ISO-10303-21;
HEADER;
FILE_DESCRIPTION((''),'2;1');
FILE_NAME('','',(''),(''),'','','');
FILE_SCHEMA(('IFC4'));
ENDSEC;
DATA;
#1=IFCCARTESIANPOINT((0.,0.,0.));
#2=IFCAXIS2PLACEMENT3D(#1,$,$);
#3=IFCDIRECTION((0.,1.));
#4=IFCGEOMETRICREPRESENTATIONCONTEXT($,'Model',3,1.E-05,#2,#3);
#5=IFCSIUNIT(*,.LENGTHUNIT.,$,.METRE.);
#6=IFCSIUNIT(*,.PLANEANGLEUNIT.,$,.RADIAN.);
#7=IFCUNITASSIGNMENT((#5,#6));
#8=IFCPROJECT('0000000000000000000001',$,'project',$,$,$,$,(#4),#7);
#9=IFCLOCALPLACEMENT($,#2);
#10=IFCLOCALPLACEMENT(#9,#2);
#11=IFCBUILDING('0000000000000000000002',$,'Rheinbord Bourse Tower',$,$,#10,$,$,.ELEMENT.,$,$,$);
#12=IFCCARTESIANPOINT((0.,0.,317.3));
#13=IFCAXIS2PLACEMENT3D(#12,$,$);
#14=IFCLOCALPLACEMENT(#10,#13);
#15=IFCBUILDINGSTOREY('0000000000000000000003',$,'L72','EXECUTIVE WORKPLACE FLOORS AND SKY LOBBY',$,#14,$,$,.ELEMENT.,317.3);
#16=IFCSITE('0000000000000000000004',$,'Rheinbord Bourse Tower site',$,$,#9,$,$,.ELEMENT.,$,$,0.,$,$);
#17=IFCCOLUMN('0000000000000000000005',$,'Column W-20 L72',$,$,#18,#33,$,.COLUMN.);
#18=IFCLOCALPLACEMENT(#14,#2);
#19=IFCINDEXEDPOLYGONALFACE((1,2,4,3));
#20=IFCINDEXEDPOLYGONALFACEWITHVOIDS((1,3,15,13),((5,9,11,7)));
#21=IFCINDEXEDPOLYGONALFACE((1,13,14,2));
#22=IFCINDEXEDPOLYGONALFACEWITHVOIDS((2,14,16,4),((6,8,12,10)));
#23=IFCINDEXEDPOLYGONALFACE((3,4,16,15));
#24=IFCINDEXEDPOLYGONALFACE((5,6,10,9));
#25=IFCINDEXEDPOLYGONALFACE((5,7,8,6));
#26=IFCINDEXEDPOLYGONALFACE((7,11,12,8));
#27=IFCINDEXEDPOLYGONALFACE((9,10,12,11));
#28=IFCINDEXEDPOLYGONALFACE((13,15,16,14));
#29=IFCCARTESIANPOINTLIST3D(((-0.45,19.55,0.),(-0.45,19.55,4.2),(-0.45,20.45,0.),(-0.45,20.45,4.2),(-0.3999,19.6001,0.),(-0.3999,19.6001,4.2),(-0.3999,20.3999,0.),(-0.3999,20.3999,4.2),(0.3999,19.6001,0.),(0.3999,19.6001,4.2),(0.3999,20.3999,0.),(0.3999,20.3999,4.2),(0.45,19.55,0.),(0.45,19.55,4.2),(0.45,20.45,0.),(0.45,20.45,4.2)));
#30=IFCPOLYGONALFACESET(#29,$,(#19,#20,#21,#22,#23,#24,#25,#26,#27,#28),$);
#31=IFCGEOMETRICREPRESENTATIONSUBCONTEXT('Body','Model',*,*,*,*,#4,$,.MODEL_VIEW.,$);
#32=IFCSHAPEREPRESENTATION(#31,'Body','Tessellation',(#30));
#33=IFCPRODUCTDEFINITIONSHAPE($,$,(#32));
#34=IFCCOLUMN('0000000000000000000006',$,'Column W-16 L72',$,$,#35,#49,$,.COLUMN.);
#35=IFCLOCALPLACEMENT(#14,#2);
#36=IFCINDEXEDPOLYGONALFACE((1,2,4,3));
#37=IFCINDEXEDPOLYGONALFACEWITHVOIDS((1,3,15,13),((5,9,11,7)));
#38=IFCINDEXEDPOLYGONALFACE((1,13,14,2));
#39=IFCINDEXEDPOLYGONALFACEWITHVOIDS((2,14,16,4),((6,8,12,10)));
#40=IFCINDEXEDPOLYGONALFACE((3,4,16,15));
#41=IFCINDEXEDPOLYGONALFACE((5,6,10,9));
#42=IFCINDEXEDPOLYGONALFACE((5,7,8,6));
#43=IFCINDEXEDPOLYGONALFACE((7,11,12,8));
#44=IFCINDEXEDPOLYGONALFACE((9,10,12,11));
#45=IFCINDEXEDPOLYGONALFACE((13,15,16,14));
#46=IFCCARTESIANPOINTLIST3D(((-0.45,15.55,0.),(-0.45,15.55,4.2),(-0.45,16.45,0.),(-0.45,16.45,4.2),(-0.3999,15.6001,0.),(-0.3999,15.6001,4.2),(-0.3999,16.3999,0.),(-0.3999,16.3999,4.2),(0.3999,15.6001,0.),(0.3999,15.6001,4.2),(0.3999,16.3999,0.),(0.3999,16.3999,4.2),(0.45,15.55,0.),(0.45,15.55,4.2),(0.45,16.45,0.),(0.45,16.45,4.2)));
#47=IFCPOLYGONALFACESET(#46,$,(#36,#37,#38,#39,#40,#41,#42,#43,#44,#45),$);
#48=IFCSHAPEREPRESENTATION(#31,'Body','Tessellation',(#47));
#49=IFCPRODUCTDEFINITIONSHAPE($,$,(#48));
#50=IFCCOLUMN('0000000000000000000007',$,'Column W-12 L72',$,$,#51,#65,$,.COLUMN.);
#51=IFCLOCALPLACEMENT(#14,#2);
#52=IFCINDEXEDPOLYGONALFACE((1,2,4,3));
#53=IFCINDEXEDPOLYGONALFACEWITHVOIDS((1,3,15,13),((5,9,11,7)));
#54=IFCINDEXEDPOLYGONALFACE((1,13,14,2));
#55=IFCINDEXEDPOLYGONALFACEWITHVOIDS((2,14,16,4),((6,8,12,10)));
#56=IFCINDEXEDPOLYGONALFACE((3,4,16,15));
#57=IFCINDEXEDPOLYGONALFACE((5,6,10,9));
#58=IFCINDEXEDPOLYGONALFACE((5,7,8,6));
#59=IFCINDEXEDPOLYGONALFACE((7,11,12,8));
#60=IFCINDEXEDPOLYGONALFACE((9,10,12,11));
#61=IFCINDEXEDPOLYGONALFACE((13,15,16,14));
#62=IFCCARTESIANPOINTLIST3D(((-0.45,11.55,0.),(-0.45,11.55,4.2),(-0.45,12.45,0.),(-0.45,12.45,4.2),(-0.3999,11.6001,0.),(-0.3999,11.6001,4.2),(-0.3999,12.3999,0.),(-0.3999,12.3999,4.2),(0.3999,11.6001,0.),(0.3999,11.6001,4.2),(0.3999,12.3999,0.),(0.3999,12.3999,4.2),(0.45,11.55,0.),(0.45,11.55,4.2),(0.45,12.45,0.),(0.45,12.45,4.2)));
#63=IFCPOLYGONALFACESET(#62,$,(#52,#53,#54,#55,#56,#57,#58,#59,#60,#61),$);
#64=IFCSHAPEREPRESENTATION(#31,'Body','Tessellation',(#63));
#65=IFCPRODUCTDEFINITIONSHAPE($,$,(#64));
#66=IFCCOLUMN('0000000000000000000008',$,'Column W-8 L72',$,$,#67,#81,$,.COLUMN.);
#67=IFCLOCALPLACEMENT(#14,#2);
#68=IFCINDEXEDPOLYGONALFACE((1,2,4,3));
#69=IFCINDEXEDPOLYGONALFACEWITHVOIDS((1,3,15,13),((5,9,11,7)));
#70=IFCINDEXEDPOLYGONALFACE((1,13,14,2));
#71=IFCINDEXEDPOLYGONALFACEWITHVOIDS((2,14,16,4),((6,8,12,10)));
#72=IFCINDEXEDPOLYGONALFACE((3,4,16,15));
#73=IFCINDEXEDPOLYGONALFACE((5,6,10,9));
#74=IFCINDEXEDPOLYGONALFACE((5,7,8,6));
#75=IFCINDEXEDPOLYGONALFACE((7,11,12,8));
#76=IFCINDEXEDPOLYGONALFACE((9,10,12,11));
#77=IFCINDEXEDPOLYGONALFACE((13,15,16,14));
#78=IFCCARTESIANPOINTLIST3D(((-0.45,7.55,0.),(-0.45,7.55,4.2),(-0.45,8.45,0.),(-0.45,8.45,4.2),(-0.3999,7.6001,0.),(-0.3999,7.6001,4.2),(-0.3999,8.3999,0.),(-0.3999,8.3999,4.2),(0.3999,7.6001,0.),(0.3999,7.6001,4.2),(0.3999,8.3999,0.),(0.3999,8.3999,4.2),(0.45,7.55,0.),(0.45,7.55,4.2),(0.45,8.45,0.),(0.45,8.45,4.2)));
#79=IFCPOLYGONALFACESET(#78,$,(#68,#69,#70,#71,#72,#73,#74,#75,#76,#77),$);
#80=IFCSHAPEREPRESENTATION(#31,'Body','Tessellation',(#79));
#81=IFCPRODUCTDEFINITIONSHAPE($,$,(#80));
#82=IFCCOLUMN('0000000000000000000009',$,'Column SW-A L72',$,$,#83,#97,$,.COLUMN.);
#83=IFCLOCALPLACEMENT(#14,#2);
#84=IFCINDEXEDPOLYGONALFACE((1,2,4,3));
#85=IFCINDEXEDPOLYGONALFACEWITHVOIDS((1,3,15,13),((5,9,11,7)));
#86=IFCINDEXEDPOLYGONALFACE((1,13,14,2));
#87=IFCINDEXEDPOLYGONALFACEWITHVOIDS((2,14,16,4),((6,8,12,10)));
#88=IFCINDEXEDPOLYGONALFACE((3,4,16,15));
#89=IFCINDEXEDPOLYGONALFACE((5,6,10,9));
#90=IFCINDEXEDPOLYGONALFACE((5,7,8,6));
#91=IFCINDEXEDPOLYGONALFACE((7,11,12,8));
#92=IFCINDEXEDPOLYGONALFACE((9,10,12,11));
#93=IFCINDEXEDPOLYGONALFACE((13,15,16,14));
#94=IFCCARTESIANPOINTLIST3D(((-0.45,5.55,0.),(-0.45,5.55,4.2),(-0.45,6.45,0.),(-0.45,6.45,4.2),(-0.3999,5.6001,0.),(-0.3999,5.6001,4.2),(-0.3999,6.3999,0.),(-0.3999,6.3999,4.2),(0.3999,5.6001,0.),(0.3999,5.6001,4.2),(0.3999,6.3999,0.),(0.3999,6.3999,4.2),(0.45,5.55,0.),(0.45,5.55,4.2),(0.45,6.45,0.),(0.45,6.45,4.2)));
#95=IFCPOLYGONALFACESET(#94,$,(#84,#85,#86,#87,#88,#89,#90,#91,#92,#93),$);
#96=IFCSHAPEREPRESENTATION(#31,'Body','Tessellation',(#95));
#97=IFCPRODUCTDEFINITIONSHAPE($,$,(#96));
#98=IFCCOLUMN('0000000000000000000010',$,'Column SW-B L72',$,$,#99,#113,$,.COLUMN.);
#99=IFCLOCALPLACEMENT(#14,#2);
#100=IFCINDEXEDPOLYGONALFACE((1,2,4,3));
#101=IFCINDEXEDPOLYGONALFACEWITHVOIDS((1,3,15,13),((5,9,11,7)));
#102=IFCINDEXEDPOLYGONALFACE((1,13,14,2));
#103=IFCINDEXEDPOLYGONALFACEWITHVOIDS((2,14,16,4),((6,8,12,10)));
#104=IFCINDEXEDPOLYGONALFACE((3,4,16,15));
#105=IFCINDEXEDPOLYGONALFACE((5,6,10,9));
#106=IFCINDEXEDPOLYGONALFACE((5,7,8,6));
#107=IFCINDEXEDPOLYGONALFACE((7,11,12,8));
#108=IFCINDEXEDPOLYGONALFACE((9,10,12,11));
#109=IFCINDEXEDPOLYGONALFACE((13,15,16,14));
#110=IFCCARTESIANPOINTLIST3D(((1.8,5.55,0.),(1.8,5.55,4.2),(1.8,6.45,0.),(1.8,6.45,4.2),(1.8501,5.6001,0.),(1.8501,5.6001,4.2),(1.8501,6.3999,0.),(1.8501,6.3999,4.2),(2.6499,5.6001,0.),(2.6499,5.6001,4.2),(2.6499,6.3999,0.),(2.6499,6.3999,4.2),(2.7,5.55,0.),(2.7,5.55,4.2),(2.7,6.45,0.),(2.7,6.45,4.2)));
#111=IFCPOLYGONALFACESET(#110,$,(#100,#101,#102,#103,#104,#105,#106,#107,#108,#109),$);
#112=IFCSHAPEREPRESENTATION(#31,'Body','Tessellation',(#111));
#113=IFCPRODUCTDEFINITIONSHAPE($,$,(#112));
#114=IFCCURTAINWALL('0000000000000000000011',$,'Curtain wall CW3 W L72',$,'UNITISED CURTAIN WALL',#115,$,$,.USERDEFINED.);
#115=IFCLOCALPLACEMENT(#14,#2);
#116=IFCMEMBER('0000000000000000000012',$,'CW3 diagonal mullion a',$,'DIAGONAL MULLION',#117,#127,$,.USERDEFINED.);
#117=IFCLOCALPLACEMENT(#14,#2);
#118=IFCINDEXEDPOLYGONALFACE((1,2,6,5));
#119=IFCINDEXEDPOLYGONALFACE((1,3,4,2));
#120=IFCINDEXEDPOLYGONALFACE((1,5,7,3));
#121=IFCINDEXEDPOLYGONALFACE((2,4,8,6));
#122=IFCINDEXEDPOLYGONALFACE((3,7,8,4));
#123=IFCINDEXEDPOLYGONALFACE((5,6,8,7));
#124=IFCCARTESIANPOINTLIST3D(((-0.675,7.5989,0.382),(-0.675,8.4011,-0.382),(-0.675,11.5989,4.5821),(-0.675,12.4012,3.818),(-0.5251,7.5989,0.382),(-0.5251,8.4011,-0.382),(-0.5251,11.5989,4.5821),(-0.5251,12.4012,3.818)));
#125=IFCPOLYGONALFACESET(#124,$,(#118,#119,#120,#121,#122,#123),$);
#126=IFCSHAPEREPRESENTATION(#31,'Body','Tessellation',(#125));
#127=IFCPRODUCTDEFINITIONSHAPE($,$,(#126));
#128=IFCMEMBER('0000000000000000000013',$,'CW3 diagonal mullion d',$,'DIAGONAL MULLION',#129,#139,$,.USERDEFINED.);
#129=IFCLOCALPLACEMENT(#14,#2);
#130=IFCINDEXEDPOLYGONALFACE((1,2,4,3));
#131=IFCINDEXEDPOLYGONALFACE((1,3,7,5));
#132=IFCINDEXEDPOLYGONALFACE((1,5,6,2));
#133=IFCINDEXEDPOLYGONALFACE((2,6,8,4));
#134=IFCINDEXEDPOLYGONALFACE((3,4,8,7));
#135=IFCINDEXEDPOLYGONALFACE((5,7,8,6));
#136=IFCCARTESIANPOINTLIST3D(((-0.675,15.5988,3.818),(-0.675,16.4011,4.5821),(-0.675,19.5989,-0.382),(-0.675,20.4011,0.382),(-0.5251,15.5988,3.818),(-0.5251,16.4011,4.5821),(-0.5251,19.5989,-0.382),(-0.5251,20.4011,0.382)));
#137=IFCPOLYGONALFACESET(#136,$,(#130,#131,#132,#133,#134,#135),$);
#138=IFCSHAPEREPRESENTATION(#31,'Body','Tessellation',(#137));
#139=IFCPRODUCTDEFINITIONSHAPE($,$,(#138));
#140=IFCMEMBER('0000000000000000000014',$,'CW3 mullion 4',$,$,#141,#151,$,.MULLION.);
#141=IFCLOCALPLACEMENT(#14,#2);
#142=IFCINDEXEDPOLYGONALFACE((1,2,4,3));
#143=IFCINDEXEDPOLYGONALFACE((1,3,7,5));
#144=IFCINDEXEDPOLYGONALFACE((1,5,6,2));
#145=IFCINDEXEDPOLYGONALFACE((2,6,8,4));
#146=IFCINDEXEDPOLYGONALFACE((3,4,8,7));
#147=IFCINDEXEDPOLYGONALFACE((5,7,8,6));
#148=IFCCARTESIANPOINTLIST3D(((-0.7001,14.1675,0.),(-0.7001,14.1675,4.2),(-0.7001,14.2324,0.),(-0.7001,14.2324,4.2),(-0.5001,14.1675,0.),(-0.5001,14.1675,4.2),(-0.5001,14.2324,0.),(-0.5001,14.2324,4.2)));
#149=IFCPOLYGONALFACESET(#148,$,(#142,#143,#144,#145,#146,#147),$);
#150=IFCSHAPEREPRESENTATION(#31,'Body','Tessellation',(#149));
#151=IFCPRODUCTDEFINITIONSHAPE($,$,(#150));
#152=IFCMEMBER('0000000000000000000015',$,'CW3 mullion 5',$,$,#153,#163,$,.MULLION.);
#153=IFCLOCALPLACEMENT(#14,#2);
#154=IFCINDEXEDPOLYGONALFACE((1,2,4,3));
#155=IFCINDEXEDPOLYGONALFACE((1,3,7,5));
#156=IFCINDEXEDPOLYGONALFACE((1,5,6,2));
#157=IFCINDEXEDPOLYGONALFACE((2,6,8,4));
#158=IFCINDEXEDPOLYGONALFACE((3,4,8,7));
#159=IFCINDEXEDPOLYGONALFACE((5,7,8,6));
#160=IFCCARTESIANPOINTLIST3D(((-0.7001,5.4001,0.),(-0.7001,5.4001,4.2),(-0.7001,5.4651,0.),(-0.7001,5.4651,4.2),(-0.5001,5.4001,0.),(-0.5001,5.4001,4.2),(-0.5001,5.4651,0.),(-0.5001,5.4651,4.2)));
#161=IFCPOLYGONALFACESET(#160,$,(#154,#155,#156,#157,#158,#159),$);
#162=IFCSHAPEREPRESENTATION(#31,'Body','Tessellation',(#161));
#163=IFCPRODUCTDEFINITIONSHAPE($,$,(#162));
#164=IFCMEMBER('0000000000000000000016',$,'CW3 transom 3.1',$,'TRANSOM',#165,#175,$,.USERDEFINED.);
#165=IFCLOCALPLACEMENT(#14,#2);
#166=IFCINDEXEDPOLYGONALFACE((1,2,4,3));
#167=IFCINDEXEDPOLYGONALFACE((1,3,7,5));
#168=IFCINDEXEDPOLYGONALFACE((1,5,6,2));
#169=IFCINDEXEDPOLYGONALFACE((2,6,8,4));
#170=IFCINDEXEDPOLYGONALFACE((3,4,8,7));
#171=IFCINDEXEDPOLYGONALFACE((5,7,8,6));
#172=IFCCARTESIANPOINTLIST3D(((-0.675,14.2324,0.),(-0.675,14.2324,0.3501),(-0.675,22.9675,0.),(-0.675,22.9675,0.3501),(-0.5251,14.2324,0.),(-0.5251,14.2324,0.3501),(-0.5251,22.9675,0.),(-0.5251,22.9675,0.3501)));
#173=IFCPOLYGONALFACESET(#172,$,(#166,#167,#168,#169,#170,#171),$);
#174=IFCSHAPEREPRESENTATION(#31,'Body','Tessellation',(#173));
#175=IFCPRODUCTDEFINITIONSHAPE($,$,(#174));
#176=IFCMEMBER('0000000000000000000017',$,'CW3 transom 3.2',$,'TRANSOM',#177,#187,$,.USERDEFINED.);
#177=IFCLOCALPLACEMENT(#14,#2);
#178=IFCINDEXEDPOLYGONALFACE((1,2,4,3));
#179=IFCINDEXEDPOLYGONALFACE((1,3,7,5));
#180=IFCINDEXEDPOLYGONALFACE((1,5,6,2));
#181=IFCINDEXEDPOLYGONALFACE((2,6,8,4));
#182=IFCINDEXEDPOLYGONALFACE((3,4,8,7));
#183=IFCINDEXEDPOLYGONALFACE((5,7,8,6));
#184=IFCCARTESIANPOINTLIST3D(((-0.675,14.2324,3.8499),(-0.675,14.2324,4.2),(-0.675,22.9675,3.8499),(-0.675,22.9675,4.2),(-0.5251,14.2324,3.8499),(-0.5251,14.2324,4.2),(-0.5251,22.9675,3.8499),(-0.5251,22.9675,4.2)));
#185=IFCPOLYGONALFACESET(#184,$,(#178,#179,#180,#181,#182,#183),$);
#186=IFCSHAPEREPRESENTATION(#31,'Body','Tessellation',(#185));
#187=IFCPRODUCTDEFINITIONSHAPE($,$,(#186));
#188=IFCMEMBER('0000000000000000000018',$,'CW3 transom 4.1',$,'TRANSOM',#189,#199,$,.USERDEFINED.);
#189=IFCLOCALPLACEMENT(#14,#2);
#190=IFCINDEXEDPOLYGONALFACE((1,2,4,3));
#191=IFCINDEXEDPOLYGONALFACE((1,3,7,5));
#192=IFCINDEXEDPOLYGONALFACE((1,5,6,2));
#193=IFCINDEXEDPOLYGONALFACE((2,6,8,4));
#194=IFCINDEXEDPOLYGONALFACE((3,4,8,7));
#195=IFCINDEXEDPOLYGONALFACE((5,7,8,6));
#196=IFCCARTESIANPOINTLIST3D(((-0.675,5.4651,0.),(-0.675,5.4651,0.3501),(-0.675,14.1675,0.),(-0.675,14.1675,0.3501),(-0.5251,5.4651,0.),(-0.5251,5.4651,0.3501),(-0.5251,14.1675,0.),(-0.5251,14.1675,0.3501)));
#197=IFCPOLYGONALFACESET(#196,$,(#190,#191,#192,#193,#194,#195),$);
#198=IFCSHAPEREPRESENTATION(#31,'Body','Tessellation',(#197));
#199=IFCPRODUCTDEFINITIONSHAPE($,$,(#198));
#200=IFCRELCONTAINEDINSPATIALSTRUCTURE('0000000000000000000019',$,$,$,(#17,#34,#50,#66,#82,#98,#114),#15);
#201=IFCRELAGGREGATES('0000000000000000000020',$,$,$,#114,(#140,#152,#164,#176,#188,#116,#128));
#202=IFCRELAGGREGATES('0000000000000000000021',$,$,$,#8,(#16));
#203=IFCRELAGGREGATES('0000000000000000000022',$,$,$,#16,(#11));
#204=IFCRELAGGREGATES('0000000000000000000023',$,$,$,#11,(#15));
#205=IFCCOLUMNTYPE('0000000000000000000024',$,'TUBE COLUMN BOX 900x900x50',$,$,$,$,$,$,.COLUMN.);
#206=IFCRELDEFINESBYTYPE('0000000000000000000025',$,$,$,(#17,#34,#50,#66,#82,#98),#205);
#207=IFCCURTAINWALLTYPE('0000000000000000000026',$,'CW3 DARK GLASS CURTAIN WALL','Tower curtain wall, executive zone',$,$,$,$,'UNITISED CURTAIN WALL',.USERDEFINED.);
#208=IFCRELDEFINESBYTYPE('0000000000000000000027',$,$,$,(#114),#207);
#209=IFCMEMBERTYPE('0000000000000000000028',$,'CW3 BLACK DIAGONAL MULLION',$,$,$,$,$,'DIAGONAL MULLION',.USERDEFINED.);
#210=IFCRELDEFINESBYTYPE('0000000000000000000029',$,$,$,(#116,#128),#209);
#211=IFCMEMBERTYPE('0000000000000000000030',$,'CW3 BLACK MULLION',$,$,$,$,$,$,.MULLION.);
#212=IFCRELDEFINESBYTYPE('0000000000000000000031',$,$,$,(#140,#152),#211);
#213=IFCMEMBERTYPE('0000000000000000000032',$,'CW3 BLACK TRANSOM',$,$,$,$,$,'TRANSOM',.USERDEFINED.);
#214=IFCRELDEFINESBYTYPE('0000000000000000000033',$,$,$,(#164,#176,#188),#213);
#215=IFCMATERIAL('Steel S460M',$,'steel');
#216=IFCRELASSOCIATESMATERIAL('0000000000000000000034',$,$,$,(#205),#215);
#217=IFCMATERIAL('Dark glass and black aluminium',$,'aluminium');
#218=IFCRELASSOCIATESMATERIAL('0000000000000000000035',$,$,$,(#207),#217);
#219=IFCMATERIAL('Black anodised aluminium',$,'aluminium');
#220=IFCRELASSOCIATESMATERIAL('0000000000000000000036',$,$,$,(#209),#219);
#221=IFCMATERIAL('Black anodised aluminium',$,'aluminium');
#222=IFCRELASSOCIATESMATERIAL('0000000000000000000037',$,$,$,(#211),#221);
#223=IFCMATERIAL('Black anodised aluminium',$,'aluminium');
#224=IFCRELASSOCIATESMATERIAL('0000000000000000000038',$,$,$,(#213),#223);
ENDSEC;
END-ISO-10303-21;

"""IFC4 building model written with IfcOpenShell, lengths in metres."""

from ifc_helpers import new_model, si_unit, direction, frame, origin, origin_2d, place, context, subcontext, project, spatial, rectangle, hollow_rectangle, extrude, material, material_profile, profile_set, type_object, element, aggregate, save


model = new_model("IFC4")

# Units and contexts
model_context = context("Model", 3, precision=1e-05, world=origin(), true_north=direction((0.0, 1.0)))
body_context = subcontext(model_context, "Body", "Model", "MODEL_VIEW")
ifc_project = project(units=[si_unit("LENGTHUNIT", "METRE"), si_unit("PLANEANGLEUNIT", "RADIAN")], contexts=[model_context])

# Site, building, storey
site_placement = place(None, origin())
site = spatial("IfcSite", under=ifc_project, at=site_placement, Name="Rheinbord Bourse Tower site", CompositionType="ELEMENT", RefElevation=0.0)
building_placement = place(site_placement, origin())
building = spatial("IfcBuilding", under=site, at=building_placement, Name="Rheinbord Bourse Tower", CompositionType="ELEMENT")
storey_placement = place(building_placement, frame((0.0, 0.0, 317.3)))
storey = spatial("IfcBuildingStorey", under=building, at=storey_placement, Name="L72", Description="EXECUTIVE WORKPLACE FLOORS AND SKY LOBBY", CompositionType="ELEMENT", Elevation=317.3)

# Columns
ifc_material_1 = material(Name="Steel S460M", Category="steel")
ifc_material_profile_1 = material_profile(ifc_material_1, hollow_rectangle(XDim=0.8999, YDim=0.8999, WallThickness=0.05, at=origin_2d()), Name="BOX 900x900x50")
ifc_profile_set_1 = profile_set([ifc_material_profile_1], Name="Steel S460M")
column_type = type_object("IfcColumnType", Name="TUBE COLUMN BOX 900x900x50", PredefinedType="COLUMN", material=ifc_profile_set_1)
for number, where, z_axis, x_axis, name in (
    (1, (0.0, 20.0, 0.0), (0.0, 0.0, 1.0), (1.0, 0.0, 0.0), "Column W-20 L72"),
    (2, (0.0, 16.0, 0.0), (0.0, 0.0, 1.0), (1.0, 0.0, 0.0), "Column W-16 L72"),
    (3, (0.0, 12.0, 0.0), (0.0, 0.0, 1.0), (1.0, 0.0, 0.0), "Column W-12 L72"),
    (4, (0.0, 8.0, 0.0), (0.0, 0.0, 1.0), (1.0, 0.0, 0.0), "Column W-8 L72"),
    (5, (0.0, 6.0, 0.0), (0.0, 0.0, 1.0), (1.0, 0.0, 0.0), "Column SW-A L72"),
    (6, (2.25, 6.0, 0.0), (0.0, 0.0, 1.0), (1.0, 0.0, 0.0), "Column SW-B L72"),
):
    element("IfcColumn", number, at=place(storey_placement, frame(where, z_axis=z_axis, x_axis=x_axis)), inside=storey, type_object=column_type, Name=name, PredefinedType="COLUMN", context=body_context, shape_type="SweptSolid", body=[
        extrude(hollow_rectangle(XDim=0.8999, YDim=0.8999, WallThickness=0.05, at=origin_2d()), origin(), (0.0, 0.0, 1.0), 4.2),
    ])

# Curtain wall, members
ifc_material_2 = material(Name="Dark glass and black aluminium", Category="aluminium")
curtain_wall_type = type_object("IfcCurtainWallType", Name="CW3 DARK GLASS CURTAIN WALL", Description="Tower curtain wall, executive zone", ElementType="UNITISED CURTAIN WALL", PredefinedType="USERDEFINED", material=ifc_material_2)
curtain_wall_placement = place(storey_placement, origin())
curtain_wall = element("IfcCurtainWall", 7, at=curtain_wall_placement, inside=storey, type_object=curtain_wall_type, Name="Curtain wall CW3 W L72", ObjectType="UNITISED CURTAIN WALL", PredefinedType="USERDEFINED")
ifc_material_3 = material(Name="Black anodised aluminium", Category="aluminium")
ifc_material_profile_2 = material_profile(ifc_material_3, rectangle(XDim=0.1499, YDim=1.1079, at=origin_2d()), Name="CW3 DIAGONAL MULLION 1108x150")
ifc_profile_set_2 = profile_set([ifc_material_profile_2], Name="Black anodised aluminium")
member_type_1 = type_object("IfcMemberType", Name="CW3 BLACK DIAGONAL MULLION", ElementType="DIAGONAL MULLION", PredefinedType="USERDEFINED", material=ifc_profile_set_2)
member_1_placement = place(storey_placement, frame((-0.6001, 8.0, 0.0), z_axis=(0.0, 0.689659, 0.724134), x_axis=(-1.0, 0.0, 0.0)))
member_1 = element("IfcMember", 8, at=member_1_placement, type_object=member_type_1, Name="CW3 diagonal mullion a", ObjectType="DIAGONAL MULLION", PredefinedType="USERDEFINED", context=body_context, shape_type="SweptSolid", body=[
    extrude(rectangle(XDim=0.1499, YDim=1.1079, at=origin_2d()), origin(), (0.0, 0.0, 1.0), 5.8),
])
member_2_placement = place(storey_placement, frame((-0.6001, 20.0, 0.0), z_axis=(0.0, -0.689659, 0.724134), x_axis=(1.0, 0.0, 0.0)))
member_2 = element("IfcMember", 9, at=member_2_placement, type_object=member_type_1, Name="CW3 diagonal mullion d", ObjectType="DIAGONAL MULLION", PredefinedType="USERDEFINED", context=body_context, shape_type="SweptSolid", body=[
    extrude(rectangle(XDim=0.1499, YDim=1.1079, at=origin_2d()), origin(), (0.0, 0.0, 1.0), 5.8),
])
ifc_material_4 = material(Name="Black anodised aluminium", Category="aluminium")
ifc_material_profile_3 = material_profile(ifc_material_4, rectangle(XDim=0.2, YDim=0.0649, at=origin_2d()), Name="CW3 MULLION 65x200")
ifc_profile_set_3 = profile_set([ifc_material_profile_3], Name="Black anodised aluminium")
member_type_2 = type_object("IfcMemberType", Name="CW3 BLACK MULLION", PredefinedType="MULLION", material=ifc_profile_set_3)
member_3_placement = place(storey_placement, frame((-0.6001, 14.2, 0.0), z_axis=(0.0, 0.0, 1.0), x_axis=(1.0, 0.0, 0.0)))
member_3 = element("IfcMember", 10, at=member_3_placement, type_object=member_type_2, Name="CW3 mullion 4", PredefinedType="MULLION", context=body_context, shape_type="SweptSolid", body=[
    extrude(rectangle(XDim=0.2, YDim=0.0649, at=origin_2d()), origin(), (0.0, 0.0, 1.0), 4.2),
])
member_4_placement = place(storey_placement, frame((-0.6001, 5.4326, 0.0), z_axis=(0.0, 0.0, 1.0), x_axis=(1.0, 0.0, 0.0)))
member_4 = element("IfcMember", 11, at=member_4_placement, type_object=member_type_2, Name="CW3 mullion 5", PredefinedType="MULLION", context=body_context, shape_type="SweptSolid", body=[
    extrude(rectangle(XDim=0.2, YDim=0.0649, at=origin_2d()), origin(), (0.0, 0.0, 1.0), 4.2),
])
ifc_material_5 = material(Name="Black anodised aluminium", Category="aluminium")
ifc_material_profile_4 = material_profile(ifc_material_5, rectangle(XDim=0.1499, YDim=0.3501, at=origin_2d()), Name="CW3 TRANSOM 350x150")
ifc_profile_set_4 = profile_set([ifc_material_profile_4], Name="Black anodised aluminium")
member_type_3 = type_object("IfcMemberType", Name="CW3 BLACK TRANSOM", ElementType="TRANSOM", PredefinedType="USERDEFINED", material=ifc_profile_set_4)
member_5_placement = place(storey_placement, frame((-0.6001, 22.9675, 0.175), z_axis=(0.0, -1.0, 0.0), x_axis=(1.0, 0.0, 0.0)))
member_5 = element("IfcMember", 12, at=member_5_placement, type_object=member_type_3, Name="CW3 transom 3.1", ObjectType="TRANSOM", PredefinedType="USERDEFINED", context=body_context, shape_type="SweptSolid", body=[
    extrude(rectangle(XDim=0.1499, YDim=0.3501, at=origin_2d()), origin(), (0.0, 0.0, 1.0), 8.7351),
])
member_6_placement = place(storey_placement, frame((-0.6001, 22.9675, 4.0249), z_axis=(0.0, -1.0, 0.0), x_axis=(1.0, 0.0, 0.0)))
member_6 = element("IfcMember", 13, at=member_6_placement, type_object=member_type_3, Name="CW3 transom 3.2", ObjectType="TRANSOM", PredefinedType="USERDEFINED", context=body_context, shape_type="SweptSolid", body=[
    extrude(rectangle(XDim=0.1499, YDim=0.3501, at=origin_2d()), origin(), (0.0, 0.0, 1.0), 8.7351),
])
member_7_placement = place(storey_placement, frame((-0.6001, 14.1675, 0.175), z_axis=(0.0, -1.0, 0.0), x_axis=(1.0, 0.0, 0.0)))
member_7 = element("IfcMember", 14, at=member_7_placement, type_object=member_type_3, Name="CW3 transom 4.1", ObjectType="TRANSOM", PredefinedType="USERDEFINED", context=body_context, shape_type="SweptSolid", body=[
    extrude(rectangle(XDim=0.1499, YDim=0.3501, at=origin_2d()), origin(), (0.0, 0.0, 1.0), 8.7024),
])

aggregate(curtain_wall, [member_3, member_4, member_5, member_6, member_7, member_1, member_2])

save(model, "model.ifc")
